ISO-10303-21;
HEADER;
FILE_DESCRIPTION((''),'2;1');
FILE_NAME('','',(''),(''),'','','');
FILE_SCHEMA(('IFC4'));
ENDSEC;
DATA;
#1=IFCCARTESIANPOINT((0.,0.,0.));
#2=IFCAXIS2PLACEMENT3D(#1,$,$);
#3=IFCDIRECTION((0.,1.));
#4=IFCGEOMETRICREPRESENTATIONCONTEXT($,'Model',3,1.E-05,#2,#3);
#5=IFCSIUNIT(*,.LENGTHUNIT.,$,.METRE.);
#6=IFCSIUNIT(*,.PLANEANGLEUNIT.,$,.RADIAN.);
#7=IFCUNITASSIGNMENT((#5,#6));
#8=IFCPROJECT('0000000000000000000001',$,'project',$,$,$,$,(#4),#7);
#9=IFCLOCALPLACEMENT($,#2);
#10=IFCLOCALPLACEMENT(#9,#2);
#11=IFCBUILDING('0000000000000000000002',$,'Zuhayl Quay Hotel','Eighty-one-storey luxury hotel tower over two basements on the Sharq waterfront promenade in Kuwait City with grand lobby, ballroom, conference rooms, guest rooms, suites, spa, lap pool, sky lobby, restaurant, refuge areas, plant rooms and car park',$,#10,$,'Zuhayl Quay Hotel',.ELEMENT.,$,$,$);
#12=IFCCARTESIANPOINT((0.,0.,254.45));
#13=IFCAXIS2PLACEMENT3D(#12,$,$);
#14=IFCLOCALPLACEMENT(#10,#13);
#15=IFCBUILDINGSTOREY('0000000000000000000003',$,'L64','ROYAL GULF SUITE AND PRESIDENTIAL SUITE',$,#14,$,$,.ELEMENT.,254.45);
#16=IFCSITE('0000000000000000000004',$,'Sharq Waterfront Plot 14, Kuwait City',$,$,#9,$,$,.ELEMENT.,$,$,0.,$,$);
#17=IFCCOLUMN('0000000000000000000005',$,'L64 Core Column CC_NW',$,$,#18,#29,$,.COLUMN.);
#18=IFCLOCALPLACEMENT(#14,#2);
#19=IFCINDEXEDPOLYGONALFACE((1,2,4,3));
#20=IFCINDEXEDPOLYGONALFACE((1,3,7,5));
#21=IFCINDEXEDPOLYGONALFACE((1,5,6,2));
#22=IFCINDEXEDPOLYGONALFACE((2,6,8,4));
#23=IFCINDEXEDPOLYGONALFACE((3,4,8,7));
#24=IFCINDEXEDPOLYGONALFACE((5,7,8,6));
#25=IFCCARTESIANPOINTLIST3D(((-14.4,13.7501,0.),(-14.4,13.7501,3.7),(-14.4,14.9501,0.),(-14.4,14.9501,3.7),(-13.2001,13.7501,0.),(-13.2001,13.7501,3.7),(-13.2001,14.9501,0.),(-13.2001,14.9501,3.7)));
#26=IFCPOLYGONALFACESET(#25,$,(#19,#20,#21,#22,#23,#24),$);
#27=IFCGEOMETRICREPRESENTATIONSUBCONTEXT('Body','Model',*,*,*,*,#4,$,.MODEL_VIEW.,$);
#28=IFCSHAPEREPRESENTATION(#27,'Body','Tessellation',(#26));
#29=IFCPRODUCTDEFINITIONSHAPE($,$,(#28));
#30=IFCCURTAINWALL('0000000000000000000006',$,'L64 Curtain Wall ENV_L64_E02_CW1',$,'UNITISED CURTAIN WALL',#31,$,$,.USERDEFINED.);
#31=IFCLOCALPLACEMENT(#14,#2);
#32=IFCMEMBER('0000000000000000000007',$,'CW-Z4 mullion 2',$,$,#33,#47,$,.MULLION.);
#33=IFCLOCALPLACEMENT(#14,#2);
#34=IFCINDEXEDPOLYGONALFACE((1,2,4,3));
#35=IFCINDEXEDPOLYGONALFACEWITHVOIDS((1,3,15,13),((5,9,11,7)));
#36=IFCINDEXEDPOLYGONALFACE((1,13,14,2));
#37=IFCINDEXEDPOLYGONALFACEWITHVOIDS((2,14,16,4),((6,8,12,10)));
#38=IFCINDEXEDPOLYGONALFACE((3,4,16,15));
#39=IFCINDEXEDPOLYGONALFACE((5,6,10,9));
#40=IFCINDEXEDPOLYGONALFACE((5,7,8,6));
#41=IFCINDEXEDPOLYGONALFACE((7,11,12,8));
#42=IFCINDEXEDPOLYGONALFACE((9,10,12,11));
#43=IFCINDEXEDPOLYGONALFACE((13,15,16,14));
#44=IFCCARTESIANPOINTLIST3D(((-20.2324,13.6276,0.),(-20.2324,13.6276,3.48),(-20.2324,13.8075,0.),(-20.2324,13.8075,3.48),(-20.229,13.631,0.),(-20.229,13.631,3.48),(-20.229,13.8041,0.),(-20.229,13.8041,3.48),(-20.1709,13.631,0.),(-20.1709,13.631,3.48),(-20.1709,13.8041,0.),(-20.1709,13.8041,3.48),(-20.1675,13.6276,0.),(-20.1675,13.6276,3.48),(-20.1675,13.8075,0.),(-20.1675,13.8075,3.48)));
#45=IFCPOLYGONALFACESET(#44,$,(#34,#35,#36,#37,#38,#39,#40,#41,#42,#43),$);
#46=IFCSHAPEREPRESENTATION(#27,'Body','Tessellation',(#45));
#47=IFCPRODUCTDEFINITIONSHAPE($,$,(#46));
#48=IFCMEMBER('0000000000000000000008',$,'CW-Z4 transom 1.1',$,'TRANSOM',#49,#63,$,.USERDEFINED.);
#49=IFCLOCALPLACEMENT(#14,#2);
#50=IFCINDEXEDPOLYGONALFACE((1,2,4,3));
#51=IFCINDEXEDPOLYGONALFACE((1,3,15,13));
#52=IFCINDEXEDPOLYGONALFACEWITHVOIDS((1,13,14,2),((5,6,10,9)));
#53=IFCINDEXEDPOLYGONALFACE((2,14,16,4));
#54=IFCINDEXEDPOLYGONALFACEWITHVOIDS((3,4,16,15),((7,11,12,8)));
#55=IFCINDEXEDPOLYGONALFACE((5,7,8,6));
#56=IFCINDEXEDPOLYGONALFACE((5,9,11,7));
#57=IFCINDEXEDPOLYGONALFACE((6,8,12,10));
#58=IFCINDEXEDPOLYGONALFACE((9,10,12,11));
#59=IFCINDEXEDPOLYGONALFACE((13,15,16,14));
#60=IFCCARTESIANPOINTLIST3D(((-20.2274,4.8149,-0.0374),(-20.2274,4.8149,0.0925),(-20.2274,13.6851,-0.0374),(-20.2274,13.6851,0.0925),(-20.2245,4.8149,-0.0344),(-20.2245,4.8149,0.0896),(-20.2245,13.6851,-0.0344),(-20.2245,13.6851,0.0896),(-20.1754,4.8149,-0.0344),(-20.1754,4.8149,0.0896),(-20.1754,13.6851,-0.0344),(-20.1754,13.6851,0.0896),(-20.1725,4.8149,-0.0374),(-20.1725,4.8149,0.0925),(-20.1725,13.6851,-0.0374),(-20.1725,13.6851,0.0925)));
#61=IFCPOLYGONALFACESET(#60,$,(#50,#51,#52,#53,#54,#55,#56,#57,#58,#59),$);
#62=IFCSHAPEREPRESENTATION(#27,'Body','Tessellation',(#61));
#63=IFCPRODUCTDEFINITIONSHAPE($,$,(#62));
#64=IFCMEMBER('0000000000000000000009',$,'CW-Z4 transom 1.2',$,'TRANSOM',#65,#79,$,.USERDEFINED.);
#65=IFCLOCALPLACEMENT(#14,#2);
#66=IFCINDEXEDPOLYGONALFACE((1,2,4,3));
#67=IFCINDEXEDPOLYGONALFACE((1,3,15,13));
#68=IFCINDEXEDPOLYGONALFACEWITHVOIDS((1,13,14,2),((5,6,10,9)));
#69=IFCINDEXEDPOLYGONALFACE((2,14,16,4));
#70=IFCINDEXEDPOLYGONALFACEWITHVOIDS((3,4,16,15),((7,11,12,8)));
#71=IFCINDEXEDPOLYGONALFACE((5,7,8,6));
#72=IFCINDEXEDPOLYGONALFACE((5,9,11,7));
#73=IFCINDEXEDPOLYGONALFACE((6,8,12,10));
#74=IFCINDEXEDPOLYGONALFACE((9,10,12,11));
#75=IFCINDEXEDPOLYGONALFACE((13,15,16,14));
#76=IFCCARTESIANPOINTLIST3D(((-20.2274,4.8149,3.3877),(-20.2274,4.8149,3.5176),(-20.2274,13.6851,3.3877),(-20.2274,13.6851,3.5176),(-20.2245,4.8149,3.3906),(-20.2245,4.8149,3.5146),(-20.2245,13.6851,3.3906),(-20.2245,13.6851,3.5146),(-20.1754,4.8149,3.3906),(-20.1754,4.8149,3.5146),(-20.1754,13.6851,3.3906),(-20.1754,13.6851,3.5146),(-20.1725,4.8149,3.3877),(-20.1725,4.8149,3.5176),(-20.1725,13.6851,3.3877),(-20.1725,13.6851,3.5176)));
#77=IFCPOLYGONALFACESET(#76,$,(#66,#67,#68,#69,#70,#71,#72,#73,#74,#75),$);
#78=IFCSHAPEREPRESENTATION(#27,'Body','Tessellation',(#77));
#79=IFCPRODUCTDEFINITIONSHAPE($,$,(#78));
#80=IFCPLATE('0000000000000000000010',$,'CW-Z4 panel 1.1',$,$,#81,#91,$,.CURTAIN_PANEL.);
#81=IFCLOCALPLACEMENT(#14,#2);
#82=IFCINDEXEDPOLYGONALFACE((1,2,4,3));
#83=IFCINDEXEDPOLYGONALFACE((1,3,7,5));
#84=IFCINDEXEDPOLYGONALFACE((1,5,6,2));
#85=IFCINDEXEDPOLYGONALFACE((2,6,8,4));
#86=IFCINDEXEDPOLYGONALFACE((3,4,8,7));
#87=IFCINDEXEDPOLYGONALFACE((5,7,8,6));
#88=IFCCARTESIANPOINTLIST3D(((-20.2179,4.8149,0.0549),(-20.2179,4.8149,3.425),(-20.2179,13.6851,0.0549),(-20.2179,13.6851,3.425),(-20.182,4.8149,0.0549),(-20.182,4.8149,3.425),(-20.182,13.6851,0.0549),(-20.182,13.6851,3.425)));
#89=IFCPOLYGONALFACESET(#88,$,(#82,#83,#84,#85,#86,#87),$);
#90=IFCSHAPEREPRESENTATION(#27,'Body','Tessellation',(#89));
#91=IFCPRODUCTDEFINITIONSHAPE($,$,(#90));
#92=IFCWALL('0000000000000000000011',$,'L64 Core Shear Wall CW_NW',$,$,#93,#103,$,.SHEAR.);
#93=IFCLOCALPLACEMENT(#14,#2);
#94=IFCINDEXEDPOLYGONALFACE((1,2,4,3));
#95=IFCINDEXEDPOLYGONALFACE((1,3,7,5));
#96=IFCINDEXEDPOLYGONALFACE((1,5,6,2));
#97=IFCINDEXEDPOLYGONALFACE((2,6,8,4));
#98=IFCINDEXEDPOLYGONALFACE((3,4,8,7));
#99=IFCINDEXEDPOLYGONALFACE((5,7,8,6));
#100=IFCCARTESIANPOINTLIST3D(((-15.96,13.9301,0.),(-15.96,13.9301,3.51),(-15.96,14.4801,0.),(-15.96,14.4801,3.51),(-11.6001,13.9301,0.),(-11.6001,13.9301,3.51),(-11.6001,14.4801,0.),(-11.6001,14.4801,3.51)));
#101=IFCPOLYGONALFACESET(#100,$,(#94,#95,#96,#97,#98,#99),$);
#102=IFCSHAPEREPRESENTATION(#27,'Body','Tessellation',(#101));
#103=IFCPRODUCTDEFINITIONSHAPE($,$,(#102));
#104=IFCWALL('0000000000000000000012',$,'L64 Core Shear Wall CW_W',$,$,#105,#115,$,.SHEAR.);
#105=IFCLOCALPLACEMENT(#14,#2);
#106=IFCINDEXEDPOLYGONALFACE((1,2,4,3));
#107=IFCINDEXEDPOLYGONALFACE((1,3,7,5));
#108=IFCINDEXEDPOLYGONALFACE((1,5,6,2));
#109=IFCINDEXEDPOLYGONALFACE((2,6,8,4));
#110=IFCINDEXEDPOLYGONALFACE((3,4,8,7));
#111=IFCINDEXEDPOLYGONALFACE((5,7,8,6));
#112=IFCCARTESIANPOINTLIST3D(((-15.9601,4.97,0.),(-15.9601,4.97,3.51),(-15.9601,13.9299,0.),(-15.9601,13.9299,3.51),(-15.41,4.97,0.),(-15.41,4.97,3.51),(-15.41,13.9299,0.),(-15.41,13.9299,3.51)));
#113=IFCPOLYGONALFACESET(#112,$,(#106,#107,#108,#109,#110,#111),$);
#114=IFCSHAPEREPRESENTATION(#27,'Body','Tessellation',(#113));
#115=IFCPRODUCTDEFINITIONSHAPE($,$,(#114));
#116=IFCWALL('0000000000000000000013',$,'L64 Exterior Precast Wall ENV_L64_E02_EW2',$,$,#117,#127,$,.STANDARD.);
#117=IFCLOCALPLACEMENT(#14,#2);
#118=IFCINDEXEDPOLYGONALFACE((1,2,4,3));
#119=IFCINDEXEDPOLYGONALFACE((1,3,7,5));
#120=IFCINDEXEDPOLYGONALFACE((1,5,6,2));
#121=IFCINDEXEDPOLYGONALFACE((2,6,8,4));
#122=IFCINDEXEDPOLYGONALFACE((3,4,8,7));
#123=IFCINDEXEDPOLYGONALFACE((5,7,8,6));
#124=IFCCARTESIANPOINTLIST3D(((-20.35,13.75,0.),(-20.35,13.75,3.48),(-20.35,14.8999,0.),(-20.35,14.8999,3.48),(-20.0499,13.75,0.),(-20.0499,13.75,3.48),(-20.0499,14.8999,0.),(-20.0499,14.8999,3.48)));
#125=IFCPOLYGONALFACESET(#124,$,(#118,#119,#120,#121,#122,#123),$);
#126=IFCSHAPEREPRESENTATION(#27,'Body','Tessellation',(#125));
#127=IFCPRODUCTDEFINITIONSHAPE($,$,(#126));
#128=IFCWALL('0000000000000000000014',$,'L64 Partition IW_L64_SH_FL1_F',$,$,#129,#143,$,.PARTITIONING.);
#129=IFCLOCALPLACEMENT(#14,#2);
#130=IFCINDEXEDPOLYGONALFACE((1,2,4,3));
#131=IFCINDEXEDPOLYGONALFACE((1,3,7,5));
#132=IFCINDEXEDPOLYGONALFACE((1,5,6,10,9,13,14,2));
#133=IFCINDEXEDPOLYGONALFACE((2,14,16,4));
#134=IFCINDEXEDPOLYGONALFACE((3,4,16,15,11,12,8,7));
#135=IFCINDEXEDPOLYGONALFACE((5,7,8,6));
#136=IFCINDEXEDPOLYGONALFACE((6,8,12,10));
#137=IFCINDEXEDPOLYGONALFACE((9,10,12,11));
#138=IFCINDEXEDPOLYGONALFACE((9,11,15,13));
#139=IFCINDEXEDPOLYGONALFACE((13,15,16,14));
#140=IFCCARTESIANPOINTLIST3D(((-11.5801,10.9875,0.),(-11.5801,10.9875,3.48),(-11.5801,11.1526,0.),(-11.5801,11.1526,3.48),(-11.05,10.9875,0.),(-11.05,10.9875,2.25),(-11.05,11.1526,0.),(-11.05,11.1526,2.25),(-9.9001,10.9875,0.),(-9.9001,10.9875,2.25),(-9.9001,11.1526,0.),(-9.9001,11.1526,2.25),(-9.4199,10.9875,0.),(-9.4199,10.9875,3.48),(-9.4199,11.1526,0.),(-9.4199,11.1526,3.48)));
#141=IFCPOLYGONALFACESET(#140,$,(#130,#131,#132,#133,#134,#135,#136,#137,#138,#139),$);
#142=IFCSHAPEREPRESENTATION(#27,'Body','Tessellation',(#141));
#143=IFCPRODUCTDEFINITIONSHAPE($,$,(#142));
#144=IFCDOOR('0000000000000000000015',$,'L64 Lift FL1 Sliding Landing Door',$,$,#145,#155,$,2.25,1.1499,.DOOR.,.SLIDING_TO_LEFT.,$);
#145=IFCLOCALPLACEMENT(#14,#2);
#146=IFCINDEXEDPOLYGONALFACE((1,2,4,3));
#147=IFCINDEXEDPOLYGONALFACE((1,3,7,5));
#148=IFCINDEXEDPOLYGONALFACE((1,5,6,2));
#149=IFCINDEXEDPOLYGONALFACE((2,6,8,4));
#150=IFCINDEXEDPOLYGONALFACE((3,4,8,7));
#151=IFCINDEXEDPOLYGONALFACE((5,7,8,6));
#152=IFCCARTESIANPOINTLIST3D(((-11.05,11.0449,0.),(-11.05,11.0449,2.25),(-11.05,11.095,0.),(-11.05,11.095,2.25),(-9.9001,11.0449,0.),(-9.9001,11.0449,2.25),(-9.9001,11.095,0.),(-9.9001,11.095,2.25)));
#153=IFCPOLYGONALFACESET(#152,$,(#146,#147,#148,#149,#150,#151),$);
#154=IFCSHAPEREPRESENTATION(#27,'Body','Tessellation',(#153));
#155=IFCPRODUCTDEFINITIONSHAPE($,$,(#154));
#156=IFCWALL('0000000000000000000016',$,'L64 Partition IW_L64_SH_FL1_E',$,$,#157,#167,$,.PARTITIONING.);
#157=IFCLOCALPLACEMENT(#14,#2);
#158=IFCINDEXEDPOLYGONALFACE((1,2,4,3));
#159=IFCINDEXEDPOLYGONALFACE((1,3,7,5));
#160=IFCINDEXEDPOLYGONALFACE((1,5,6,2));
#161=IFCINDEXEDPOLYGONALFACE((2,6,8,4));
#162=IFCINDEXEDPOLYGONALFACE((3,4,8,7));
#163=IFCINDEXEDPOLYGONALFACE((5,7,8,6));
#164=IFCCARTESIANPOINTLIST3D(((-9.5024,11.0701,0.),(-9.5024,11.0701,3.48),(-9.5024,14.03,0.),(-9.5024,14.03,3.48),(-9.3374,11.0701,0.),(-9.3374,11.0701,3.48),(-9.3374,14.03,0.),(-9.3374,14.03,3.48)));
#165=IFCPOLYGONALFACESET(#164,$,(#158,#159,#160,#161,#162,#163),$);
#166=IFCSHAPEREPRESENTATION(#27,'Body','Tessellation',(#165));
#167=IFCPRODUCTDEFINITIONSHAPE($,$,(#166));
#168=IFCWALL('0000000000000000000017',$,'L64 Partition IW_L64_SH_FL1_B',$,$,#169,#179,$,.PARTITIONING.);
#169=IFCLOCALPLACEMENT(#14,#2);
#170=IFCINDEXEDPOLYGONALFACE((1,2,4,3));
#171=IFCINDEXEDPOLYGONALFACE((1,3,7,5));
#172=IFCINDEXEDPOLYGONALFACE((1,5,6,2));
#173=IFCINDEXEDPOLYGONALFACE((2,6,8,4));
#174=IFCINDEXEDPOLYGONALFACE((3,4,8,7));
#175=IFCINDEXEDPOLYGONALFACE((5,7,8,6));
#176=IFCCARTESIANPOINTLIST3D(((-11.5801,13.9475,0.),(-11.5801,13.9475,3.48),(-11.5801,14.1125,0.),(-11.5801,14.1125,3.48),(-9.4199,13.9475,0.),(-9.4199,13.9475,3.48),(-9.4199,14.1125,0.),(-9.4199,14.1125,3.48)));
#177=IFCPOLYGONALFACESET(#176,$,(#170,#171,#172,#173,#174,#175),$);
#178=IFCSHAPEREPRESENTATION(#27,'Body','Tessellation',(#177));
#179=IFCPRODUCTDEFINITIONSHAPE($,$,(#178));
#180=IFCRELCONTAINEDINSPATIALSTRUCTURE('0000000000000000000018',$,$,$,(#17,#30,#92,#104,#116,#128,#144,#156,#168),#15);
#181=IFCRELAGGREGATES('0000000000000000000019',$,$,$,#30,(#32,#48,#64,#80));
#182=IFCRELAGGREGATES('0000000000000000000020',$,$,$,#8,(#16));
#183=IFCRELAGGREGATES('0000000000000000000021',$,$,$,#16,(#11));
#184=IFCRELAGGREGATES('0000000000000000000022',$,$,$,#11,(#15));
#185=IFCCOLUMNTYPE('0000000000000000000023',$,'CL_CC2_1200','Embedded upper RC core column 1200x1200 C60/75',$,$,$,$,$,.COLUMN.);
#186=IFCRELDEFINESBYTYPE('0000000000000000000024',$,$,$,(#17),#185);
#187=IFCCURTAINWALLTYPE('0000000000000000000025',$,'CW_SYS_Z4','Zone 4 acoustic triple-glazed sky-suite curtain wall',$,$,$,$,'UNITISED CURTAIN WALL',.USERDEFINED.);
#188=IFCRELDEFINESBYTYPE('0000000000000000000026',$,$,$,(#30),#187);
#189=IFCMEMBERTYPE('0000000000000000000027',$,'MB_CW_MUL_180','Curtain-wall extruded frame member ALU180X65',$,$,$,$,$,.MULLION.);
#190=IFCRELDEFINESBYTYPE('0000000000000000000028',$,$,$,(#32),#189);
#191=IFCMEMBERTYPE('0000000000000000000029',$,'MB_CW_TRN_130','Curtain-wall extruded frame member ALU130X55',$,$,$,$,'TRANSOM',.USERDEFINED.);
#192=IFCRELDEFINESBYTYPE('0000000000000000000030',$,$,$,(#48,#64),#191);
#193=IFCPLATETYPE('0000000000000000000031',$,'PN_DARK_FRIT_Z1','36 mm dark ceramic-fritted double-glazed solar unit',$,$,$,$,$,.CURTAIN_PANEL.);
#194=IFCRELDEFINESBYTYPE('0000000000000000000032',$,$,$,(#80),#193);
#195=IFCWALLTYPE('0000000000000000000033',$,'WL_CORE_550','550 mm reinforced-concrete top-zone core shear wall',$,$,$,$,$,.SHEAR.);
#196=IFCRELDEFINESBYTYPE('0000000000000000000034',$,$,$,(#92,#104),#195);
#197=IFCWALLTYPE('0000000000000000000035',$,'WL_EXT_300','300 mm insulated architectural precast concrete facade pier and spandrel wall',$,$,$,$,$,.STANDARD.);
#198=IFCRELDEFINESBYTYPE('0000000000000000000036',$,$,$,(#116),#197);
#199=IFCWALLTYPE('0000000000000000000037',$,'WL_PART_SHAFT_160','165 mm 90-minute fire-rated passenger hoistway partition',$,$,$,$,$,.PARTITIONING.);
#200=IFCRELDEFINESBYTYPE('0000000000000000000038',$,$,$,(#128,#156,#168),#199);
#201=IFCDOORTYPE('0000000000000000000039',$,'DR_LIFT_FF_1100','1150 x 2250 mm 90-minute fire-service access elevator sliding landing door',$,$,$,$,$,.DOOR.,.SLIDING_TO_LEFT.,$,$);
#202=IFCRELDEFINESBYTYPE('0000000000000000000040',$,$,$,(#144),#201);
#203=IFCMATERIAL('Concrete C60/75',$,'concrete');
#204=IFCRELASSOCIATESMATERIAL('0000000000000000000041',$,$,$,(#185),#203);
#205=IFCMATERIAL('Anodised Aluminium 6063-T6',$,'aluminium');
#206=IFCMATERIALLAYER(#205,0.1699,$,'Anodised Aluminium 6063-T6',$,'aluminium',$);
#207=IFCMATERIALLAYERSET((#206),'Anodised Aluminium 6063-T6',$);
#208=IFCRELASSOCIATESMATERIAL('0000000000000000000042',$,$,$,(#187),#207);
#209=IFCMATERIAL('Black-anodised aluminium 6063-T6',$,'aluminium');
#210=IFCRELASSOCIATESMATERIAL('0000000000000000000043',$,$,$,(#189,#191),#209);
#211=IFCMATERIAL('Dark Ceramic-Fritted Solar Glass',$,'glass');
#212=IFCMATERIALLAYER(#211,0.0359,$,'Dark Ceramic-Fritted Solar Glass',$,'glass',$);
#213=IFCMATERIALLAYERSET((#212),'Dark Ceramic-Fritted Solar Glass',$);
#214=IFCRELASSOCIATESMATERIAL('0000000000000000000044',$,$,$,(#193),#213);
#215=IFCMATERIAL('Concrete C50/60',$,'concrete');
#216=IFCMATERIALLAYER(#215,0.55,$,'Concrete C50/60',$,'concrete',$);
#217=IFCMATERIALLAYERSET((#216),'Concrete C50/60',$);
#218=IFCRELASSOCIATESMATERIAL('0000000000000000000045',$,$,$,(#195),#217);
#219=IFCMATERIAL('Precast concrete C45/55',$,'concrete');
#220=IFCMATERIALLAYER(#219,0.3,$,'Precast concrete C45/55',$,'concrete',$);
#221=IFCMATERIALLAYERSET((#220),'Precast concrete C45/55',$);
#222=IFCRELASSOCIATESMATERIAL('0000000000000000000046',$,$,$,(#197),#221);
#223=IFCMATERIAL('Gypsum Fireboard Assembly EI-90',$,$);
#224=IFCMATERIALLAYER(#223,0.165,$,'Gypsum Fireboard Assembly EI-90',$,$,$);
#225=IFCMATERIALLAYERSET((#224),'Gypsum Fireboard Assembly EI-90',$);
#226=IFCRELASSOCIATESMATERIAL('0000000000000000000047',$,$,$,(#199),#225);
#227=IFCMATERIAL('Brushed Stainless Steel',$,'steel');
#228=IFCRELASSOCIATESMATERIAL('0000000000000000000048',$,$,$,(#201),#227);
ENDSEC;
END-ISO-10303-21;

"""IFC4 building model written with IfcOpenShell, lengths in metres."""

from ifc_helpers import new_model, si_unit, direction, frame, frame_2d, origin, origin_2d, place, context, subcontext, project, spatial, rectangle, hollow_rectangle, extrude, material, layer, layer_set, material_profile, profile_set, type_object, element, fill, aggregate, save


model = new_model("IFC4")

# Units and contexts
model_context = context("Model", 3, precision=1e-05, world=origin(), true_north=direction((0.0, 1.0)))
body_context = subcontext(model_context, "Body", "Model", "MODEL_VIEW")
ifc_project = project(units=[si_unit("LENGTHUNIT", "METRE"), si_unit("PLANEANGLEUNIT", "RADIAN")], contexts=[model_context])

# Site, building, storey
site_placement = place(None, origin())
site = spatial("IfcSite", under=ifc_project, at=site_placement, Name="Sharq Waterfront Plot 14, Kuwait City", CompositionType="ELEMENT", RefElevation=0.0)
building_placement = place(site_placement, origin())
building = spatial("IfcBuilding", under=site, at=building_placement, Name="Zuhayl Quay Hotel", Description="Eighty-one-storey luxury hotel tower over two basements on the Sharq waterfront promenade in Kuwait City with grand lobby, ballroom, conference rooms, guest rooms, suites, spa, lap pool, sky lobby, restaurant, refuge areas, plant rooms and car park", LongName="Zuhayl Quay Hotel", CompositionType="ELEMENT")
storey_placement = place(building_placement, frame((0.0, 0.0, 254.45)))
storey = spatial("IfcBuildingStorey", under=building, at=storey_placement, Name="L64", Description="ROYAL GULF SUITE AND PRESIDENTIAL SUITE", CompositionType="ELEMENT", Elevation=254.45)

# Column
ifc_material_1 = material(Name="Concrete C60/75", Category="concrete")
ifc_material_profile_1 = material_profile(ifc_material_1, rectangle(XDim=1.2, YDim=1.2, at=origin_2d()), Name="RC1200X1200")
ifc_profile_set_1 = profile_set([ifc_material_profile_1], Name="Concrete C60/75")
column_type = type_object("IfcColumnType", Name="CL_CC2_1200", Description="Embedded upper RC core column 1200x1200 C60/75", PredefinedType="COLUMN", material=ifc_profile_set_1)
column_placement = place(storey_placement, frame((-13.8, 14.3501, 0.0), z_axis=(0.0, 0.0, 1.0), x_axis=(1.0, 0.0, 0.0)))
element("IfcColumn", 1, at=column_placement, inside=storey, type_object=column_type, Name="L64 Core Column CC_NW", PredefinedType="COLUMN", context=body_context, shape_type="SweptSolid", body=[
    extrude(rectangle(XDim=1.2, YDim=1.2, at=origin_2d()), origin(), (0.0, 0.0, 1.0), 3.7),
])

# Curtain wall, members, plate
ifc_material_2 = material(Name="Anodised Aluminium 6063-T6", Category="aluminium")
ifc_layer_1 = layer(ifc_material_2, 0.1699, Name="Anodised Aluminium 6063-T6", Category="aluminium")
ifc_layer_set_1 = layer_set([ifc_layer_1], Name="Anodised Aluminium 6063-T6")
curtain_wall_type = type_object("IfcCurtainWallType", Name="CW_SYS_Z4", Description="Zone 4 acoustic triple-glazed sky-suite curtain wall", ElementType="UNITISED CURTAIN WALL", PredefinedType="USERDEFINED", material=ifc_layer_set_1)
curtain_wall_placement = place(storey_placement, origin())
curtain_wall = element("IfcCurtainWall", 2, at=curtain_wall_placement, inside=storey, type_object=curtain_wall_type, Name="L64 Curtain Wall ENV_L64_E02_CW1", ObjectType="UNITISED CURTAIN WALL", PredefinedType="USERDEFINED")
ifc_material_3 = material(Name="Black-anodised aluminium 6063-T6", Category="aluminium")
ifc_material_profile_2 = material_profile(ifc_material_3, hollow_rectangle(XDim=0.0649, YDim=0.1799, WallThickness=0.0034, at=origin_2d()), Name="ALU180X65")
ifc_profile_set_2 = profile_set([ifc_material_profile_2], Name="Black-anodised aluminium 6063-T6")
member_type_1 = type_object("IfcMemberType", Name="MB_CW_MUL_180", Description="Curtain-wall extruded frame member ALU180X65", PredefinedType="MULLION", material=ifc_profile_set_2)
member_1_placement = place(storey_placement, frame((-20.2, 13.7175, 0.0), z_axis=(0.0, 0.0, 1.0), x_axis=(-1.0, 0.0, 0.0)))
member_1 = element("IfcMember", 3, at=member_1_placement, type_object=member_type_1, Name="CW-Z4 mullion 2", PredefinedType="MULLION", context=body_context, shape_type="SweptSolid", body=[
    extrude(hollow_rectangle(XDim=0.0649, YDim=0.1799, WallThickness=0.0034, at=origin_2d()), origin(), (0.0, 0.0, 1.0), 3.48),
])
ifc_material_profile_3 = material_profile(ifc_material_3, hollow_rectangle(XDim=0.0549, YDim=0.1299, WallThickness=0.0029, at=origin_2d()), Name="ALU130X55")
ifc_profile_set_3 = profile_set([ifc_material_profile_3], Name="Black-anodised aluminium 6063-T6")
member_type_2 = type_object("IfcMemberType", Name="MB_CW_TRN_130", Description="Curtain-wall extruded frame member ALU130X55", ElementType="TRANSOM", PredefinedType="USERDEFINED", material=ifc_profile_set_3)
member_2_placement = place(storey_placement, frame((-20.2, 4.8149, 0.0276), z_axis=(0.0, 1.0, 0.0), x_axis=(-1.0, 0.0, 0.0)))
member_2 = element("IfcMember", 4, at=member_2_placement, type_object=member_type_2, Name="CW-Z4 transom 1.1", ObjectType="TRANSOM", PredefinedType="USERDEFINED", context=body_context, shape_type="SweptSolid", body=[
    extrude(hollow_rectangle(XDim=0.0549, YDim=0.1299, WallThickness=0.0029, at=origin_2d()), origin(), (0.0, 0.0, 1.0), 8.8701),
])
member_3_placement = place(storey_placement, frame((-20.2, 4.8149, 3.4526), z_axis=(0.0, 1.0, 0.0), x_axis=(-1.0, 0.0, 0.0)))
member_3 = element("IfcMember", 5, at=member_3_placement, type_object=member_type_2, Name="CW-Z4 transom 1.2", ObjectType="TRANSOM", PredefinedType="USERDEFINED", context=body_context, shape_type="SweptSolid", body=[
    extrude(hollow_rectangle(XDim=0.0549, YDim=0.1299, WallThickness=0.0029, at=origin_2d()), origin(), (0.0, 0.0, 1.0), 8.8701),
])
ifc_material_4 = material(Name="Dark Ceramic-Fritted Solar Glass", Category="glass")
ifc_layer_2 = layer(ifc_material_4, 0.0359, Name="Dark Ceramic-Fritted Solar Glass", Category="glass")
ifc_layer_set_2 = layer_set([ifc_layer_2], Name="Dark Ceramic-Fritted Solar Glass")
plate_type = type_object("IfcPlateType", Name="PN_DARK_FRIT_Z1", Description="36 mm dark ceramic-fritted double-glazed solar unit", PredefinedType="CURTAIN_PANEL", material=ifc_layer_set_2)
plate_placement = place(storey_placement, frame((-20.2, 9.25, 0.0549), z_axis=(0.0, 0.0, 1.0), x_axis=(0.0, 1.0, 0.0)))
plate = element("IfcPlate", 6, at=plate_placement, type_object=plate_type, Name="CW-Z4 panel 1.1", PredefinedType="CURTAIN_PANEL", context=body_context, shape_type="SweptSolid", body=[
    extrude(rectangle(XDim=8.8701, YDim=0.0359, at=origin_2d()), origin(), (0.0, 0.0, 1.0), 3.3701),
])
aggregate(curtain_wall, [member_1, member_2, member_3, plate])

# Walls
ifc_material_5 = material(Name="Concrete C50/60", Category="concrete")
ifc_layer_3 = layer(ifc_material_5, 0.55, Name="Concrete C50/60", Category="concrete")
ifc_layer_set_3 = layer_set([ifc_layer_3], Name="Concrete C50/60")
wall_type_1 = type_object("IfcWallType", Name="WL_CORE_550", Description="550 mm reinforced-concrete top-zone core shear wall", PredefinedType="SHEAR", material=ifc_layer_set_3)
wall_1_placement = place(storey_placement, frame((-15.96, 14.2051, 0.0), z_axis=(0.0, 0.0, 1.0), x_axis=(1.0, 0.0, 0.0)))
element("IfcWall", 7, at=wall_1_placement, inside=storey, type_object=wall_type_1, Name="L64 Core Shear Wall CW_NW", PredefinedType="SHEAR", context=body_context, shape_type="SweptSolid", body=[
    extrude(rectangle(XDim=4.3599, YDim=0.55, at=frame_2d((2.1799, 0.0))), origin(), (0.0, 0.0, 1.0), 3.51),
])
wall_2_placement = place(storey_placement, frame((-15.6851, 4.97, 0.0), z_axis=(0.0, 0.0, 1.0), x_axis=(0.0, 1.0, 0.0)))
element("IfcWall", 8, at=wall_2_placement, inside=storey, type_object=wall_type_1, Name="L64 Core Shear Wall CW_W", PredefinedType="SHEAR", context=body_context, shape_type="SweptSolid", body=[
    extrude(rectangle(XDim=8.96, YDim=0.55, at=frame_2d((4.48, 0.0))), origin(), (0.0, 0.0, 1.0), 3.51),
])
ifc_material_6 = material(Name="Precast concrete C45/55", Category="concrete")
ifc_layer_4 = layer(ifc_material_6, 0.3, Name="Precast concrete C45/55", Category="concrete")
ifc_layer_set_4 = layer_set([ifc_layer_4], Name="Precast concrete C45/55")
wall_type_2 = type_object("IfcWallType", Name="WL_EXT_300", Description="300 mm insulated architectural precast concrete facade pier and spandrel wall", PredefinedType="STANDARD", material=ifc_layer_set_4)
wall_3_placement = place(storey_placement, frame((-20.2, 13.75, 0.0), z_axis=(0.0, 0.0, 1.0), x_axis=(0.0, 1.0, 0.0)))
element("IfcWall", 9, at=wall_3_placement, inside=storey, type_object=wall_type_2, Name="L64 Exterior Precast Wall ENV_L64_E02_EW2", PredefinedType="STANDARD", context=body_context, shape_type="SweptSolid", body=[
    extrude(rectangle(XDim=1.1499, YDim=0.3, at=frame_2d((0.575, 0.0))), origin(), (0.0, 0.0, 1.0), 3.48),
])

# Wall, opening, door
ifc_material_7 = material(Name="Gypsum Fireboard Assembly EI-90")
ifc_layer_5 = layer(ifc_material_7, 0.165, Name="Gypsum Fireboard Assembly EI-90")
ifc_layer_set_5 = layer_set([ifc_layer_5], Name="Gypsum Fireboard Assembly EI-90")
wall_type_3 = type_object("IfcWallType", Name="WL_PART_SHAFT_160", Description="165 mm 90-minute fire-rated passenger hoistway partition", PredefinedType="PARTITIONING", material=ifc_layer_set_5)
wall_4_placement = place(storey_placement, frame((-11.5801, 11.0701, 0.0), z_axis=(0.0, 0.0, 1.0), x_axis=(1.0, 0.0, 0.0)))
wall_4 = element("IfcWall", 10, at=wall_4_placement, inside=storey, type_object=wall_type_3, Name="L64 Partition IW_L64_SH_FL1_F", PredefinedType="PARTITIONING", context=body_context, shape_type="SweptSolid", body=[
    extrude(rectangle(XDim=2.1602, YDim=0.165, at=frame_2d((1.0801, 0.0))), origin(), (0.0, 0.0, 1.0), 3.48),
])
opening_1_placement = place(wall_4_placement, frame((0.53, 0.0, 0.0)))
opening_1 = element("IfcOpeningElement", 11, at=opening_1_placement, cuts=wall_4, PredefinedType="OPENING", context=body_context, shape_type="SweptSolid", body=[
    extrude(rectangle(XDim=1.1499, YDim=2.25, at=frame_2d((0.575, 1.125))), frame((0.0, 0.0925, 0.0), z_axis=(0.0, -1.0, 0.0), x_axis=(1.0, 0.0, 0.0)), (0.0, 0.0, 1.0), 0.1851),
])
ifc_material_8 = material(Name="Brushed Stainless Steel", Category="steel")
door_type_1 = type_object("IfcDoorType", Name="DR_LIFT_FF_1100", Description="1150 x 2250 mm 90-minute fire-service access elevator sliding landing door", OperationType="SLIDING_TO_LEFT", PredefinedType="DOOR", material=ifc_material_8)
door_1_placement = place(opening_1_placement, origin())
door_1 = element("IfcDoor", 12, at=door_1_placement, inside=storey, type_object=door_type_1, Name="L64 Lift FL1 Sliding Landing Door", OperationType="SLIDING_TO_LEFT", OverallHeight=2.25, OverallWidth=1.1499, PredefinedType="DOOR", context=body_context, shape_type="SweptSolid", body=[
    extrude(rectangle(XDim=1.1499, YDim=2.25, at=frame_2d((0.575, 1.125))), frame((0.0, 0.0249, 0.0), z_axis=(0.0, -1.0, 0.0), x_axis=(1.0, 0.0, 0.0)), (0.0, 0.0, 1.0), 0.05),
])
fill(opening_1, door_1)

# Walls
wall_5_placement = place(storey_placement, frame((-9.4199, 11.0701, 0.0), z_axis=(0.0, 0.0, 1.0), x_axis=(0.0, 1.0, 0.0)))
element("IfcWall", 13, at=wall_5_placement, inside=storey, type_object=wall_type_3, Name="L64 Partition IW_L64_SH_FL1_E", PredefinedType="PARTITIONING", context=body_context, shape_type="SweptSolid", body=[
    extrude(rectangle(XDim=2.96, YDim=0.165, at=frame_2d((1.48, 0.0))), origin(), (0.0, 0.0, 1.0), 3.48),
])
wall_6_placement = place(storey_placement, frame((-11.5801, 14.03, 0.0), z_axis=(0.0, 0.0, 1.0), x_axis=(1.0, 0.0, 0.0)))
element("IfcWall", 14, at=wall_6_placement, inside=storey, type_object=wall_type_3, Name="L64 Partition IW_L64_SH_FL1_B", PredefinedType="PARTITIONING", context=body_context, shape_type="SweptSolid", body=[
    extrude(rectangle(XDim=2.1602, YDim=0.165, at=frame_2d((1.0801, 0.0))), origin(), (0.0, 0.0, 1.0), 3.48),
])

save(model, "model.ifc")
